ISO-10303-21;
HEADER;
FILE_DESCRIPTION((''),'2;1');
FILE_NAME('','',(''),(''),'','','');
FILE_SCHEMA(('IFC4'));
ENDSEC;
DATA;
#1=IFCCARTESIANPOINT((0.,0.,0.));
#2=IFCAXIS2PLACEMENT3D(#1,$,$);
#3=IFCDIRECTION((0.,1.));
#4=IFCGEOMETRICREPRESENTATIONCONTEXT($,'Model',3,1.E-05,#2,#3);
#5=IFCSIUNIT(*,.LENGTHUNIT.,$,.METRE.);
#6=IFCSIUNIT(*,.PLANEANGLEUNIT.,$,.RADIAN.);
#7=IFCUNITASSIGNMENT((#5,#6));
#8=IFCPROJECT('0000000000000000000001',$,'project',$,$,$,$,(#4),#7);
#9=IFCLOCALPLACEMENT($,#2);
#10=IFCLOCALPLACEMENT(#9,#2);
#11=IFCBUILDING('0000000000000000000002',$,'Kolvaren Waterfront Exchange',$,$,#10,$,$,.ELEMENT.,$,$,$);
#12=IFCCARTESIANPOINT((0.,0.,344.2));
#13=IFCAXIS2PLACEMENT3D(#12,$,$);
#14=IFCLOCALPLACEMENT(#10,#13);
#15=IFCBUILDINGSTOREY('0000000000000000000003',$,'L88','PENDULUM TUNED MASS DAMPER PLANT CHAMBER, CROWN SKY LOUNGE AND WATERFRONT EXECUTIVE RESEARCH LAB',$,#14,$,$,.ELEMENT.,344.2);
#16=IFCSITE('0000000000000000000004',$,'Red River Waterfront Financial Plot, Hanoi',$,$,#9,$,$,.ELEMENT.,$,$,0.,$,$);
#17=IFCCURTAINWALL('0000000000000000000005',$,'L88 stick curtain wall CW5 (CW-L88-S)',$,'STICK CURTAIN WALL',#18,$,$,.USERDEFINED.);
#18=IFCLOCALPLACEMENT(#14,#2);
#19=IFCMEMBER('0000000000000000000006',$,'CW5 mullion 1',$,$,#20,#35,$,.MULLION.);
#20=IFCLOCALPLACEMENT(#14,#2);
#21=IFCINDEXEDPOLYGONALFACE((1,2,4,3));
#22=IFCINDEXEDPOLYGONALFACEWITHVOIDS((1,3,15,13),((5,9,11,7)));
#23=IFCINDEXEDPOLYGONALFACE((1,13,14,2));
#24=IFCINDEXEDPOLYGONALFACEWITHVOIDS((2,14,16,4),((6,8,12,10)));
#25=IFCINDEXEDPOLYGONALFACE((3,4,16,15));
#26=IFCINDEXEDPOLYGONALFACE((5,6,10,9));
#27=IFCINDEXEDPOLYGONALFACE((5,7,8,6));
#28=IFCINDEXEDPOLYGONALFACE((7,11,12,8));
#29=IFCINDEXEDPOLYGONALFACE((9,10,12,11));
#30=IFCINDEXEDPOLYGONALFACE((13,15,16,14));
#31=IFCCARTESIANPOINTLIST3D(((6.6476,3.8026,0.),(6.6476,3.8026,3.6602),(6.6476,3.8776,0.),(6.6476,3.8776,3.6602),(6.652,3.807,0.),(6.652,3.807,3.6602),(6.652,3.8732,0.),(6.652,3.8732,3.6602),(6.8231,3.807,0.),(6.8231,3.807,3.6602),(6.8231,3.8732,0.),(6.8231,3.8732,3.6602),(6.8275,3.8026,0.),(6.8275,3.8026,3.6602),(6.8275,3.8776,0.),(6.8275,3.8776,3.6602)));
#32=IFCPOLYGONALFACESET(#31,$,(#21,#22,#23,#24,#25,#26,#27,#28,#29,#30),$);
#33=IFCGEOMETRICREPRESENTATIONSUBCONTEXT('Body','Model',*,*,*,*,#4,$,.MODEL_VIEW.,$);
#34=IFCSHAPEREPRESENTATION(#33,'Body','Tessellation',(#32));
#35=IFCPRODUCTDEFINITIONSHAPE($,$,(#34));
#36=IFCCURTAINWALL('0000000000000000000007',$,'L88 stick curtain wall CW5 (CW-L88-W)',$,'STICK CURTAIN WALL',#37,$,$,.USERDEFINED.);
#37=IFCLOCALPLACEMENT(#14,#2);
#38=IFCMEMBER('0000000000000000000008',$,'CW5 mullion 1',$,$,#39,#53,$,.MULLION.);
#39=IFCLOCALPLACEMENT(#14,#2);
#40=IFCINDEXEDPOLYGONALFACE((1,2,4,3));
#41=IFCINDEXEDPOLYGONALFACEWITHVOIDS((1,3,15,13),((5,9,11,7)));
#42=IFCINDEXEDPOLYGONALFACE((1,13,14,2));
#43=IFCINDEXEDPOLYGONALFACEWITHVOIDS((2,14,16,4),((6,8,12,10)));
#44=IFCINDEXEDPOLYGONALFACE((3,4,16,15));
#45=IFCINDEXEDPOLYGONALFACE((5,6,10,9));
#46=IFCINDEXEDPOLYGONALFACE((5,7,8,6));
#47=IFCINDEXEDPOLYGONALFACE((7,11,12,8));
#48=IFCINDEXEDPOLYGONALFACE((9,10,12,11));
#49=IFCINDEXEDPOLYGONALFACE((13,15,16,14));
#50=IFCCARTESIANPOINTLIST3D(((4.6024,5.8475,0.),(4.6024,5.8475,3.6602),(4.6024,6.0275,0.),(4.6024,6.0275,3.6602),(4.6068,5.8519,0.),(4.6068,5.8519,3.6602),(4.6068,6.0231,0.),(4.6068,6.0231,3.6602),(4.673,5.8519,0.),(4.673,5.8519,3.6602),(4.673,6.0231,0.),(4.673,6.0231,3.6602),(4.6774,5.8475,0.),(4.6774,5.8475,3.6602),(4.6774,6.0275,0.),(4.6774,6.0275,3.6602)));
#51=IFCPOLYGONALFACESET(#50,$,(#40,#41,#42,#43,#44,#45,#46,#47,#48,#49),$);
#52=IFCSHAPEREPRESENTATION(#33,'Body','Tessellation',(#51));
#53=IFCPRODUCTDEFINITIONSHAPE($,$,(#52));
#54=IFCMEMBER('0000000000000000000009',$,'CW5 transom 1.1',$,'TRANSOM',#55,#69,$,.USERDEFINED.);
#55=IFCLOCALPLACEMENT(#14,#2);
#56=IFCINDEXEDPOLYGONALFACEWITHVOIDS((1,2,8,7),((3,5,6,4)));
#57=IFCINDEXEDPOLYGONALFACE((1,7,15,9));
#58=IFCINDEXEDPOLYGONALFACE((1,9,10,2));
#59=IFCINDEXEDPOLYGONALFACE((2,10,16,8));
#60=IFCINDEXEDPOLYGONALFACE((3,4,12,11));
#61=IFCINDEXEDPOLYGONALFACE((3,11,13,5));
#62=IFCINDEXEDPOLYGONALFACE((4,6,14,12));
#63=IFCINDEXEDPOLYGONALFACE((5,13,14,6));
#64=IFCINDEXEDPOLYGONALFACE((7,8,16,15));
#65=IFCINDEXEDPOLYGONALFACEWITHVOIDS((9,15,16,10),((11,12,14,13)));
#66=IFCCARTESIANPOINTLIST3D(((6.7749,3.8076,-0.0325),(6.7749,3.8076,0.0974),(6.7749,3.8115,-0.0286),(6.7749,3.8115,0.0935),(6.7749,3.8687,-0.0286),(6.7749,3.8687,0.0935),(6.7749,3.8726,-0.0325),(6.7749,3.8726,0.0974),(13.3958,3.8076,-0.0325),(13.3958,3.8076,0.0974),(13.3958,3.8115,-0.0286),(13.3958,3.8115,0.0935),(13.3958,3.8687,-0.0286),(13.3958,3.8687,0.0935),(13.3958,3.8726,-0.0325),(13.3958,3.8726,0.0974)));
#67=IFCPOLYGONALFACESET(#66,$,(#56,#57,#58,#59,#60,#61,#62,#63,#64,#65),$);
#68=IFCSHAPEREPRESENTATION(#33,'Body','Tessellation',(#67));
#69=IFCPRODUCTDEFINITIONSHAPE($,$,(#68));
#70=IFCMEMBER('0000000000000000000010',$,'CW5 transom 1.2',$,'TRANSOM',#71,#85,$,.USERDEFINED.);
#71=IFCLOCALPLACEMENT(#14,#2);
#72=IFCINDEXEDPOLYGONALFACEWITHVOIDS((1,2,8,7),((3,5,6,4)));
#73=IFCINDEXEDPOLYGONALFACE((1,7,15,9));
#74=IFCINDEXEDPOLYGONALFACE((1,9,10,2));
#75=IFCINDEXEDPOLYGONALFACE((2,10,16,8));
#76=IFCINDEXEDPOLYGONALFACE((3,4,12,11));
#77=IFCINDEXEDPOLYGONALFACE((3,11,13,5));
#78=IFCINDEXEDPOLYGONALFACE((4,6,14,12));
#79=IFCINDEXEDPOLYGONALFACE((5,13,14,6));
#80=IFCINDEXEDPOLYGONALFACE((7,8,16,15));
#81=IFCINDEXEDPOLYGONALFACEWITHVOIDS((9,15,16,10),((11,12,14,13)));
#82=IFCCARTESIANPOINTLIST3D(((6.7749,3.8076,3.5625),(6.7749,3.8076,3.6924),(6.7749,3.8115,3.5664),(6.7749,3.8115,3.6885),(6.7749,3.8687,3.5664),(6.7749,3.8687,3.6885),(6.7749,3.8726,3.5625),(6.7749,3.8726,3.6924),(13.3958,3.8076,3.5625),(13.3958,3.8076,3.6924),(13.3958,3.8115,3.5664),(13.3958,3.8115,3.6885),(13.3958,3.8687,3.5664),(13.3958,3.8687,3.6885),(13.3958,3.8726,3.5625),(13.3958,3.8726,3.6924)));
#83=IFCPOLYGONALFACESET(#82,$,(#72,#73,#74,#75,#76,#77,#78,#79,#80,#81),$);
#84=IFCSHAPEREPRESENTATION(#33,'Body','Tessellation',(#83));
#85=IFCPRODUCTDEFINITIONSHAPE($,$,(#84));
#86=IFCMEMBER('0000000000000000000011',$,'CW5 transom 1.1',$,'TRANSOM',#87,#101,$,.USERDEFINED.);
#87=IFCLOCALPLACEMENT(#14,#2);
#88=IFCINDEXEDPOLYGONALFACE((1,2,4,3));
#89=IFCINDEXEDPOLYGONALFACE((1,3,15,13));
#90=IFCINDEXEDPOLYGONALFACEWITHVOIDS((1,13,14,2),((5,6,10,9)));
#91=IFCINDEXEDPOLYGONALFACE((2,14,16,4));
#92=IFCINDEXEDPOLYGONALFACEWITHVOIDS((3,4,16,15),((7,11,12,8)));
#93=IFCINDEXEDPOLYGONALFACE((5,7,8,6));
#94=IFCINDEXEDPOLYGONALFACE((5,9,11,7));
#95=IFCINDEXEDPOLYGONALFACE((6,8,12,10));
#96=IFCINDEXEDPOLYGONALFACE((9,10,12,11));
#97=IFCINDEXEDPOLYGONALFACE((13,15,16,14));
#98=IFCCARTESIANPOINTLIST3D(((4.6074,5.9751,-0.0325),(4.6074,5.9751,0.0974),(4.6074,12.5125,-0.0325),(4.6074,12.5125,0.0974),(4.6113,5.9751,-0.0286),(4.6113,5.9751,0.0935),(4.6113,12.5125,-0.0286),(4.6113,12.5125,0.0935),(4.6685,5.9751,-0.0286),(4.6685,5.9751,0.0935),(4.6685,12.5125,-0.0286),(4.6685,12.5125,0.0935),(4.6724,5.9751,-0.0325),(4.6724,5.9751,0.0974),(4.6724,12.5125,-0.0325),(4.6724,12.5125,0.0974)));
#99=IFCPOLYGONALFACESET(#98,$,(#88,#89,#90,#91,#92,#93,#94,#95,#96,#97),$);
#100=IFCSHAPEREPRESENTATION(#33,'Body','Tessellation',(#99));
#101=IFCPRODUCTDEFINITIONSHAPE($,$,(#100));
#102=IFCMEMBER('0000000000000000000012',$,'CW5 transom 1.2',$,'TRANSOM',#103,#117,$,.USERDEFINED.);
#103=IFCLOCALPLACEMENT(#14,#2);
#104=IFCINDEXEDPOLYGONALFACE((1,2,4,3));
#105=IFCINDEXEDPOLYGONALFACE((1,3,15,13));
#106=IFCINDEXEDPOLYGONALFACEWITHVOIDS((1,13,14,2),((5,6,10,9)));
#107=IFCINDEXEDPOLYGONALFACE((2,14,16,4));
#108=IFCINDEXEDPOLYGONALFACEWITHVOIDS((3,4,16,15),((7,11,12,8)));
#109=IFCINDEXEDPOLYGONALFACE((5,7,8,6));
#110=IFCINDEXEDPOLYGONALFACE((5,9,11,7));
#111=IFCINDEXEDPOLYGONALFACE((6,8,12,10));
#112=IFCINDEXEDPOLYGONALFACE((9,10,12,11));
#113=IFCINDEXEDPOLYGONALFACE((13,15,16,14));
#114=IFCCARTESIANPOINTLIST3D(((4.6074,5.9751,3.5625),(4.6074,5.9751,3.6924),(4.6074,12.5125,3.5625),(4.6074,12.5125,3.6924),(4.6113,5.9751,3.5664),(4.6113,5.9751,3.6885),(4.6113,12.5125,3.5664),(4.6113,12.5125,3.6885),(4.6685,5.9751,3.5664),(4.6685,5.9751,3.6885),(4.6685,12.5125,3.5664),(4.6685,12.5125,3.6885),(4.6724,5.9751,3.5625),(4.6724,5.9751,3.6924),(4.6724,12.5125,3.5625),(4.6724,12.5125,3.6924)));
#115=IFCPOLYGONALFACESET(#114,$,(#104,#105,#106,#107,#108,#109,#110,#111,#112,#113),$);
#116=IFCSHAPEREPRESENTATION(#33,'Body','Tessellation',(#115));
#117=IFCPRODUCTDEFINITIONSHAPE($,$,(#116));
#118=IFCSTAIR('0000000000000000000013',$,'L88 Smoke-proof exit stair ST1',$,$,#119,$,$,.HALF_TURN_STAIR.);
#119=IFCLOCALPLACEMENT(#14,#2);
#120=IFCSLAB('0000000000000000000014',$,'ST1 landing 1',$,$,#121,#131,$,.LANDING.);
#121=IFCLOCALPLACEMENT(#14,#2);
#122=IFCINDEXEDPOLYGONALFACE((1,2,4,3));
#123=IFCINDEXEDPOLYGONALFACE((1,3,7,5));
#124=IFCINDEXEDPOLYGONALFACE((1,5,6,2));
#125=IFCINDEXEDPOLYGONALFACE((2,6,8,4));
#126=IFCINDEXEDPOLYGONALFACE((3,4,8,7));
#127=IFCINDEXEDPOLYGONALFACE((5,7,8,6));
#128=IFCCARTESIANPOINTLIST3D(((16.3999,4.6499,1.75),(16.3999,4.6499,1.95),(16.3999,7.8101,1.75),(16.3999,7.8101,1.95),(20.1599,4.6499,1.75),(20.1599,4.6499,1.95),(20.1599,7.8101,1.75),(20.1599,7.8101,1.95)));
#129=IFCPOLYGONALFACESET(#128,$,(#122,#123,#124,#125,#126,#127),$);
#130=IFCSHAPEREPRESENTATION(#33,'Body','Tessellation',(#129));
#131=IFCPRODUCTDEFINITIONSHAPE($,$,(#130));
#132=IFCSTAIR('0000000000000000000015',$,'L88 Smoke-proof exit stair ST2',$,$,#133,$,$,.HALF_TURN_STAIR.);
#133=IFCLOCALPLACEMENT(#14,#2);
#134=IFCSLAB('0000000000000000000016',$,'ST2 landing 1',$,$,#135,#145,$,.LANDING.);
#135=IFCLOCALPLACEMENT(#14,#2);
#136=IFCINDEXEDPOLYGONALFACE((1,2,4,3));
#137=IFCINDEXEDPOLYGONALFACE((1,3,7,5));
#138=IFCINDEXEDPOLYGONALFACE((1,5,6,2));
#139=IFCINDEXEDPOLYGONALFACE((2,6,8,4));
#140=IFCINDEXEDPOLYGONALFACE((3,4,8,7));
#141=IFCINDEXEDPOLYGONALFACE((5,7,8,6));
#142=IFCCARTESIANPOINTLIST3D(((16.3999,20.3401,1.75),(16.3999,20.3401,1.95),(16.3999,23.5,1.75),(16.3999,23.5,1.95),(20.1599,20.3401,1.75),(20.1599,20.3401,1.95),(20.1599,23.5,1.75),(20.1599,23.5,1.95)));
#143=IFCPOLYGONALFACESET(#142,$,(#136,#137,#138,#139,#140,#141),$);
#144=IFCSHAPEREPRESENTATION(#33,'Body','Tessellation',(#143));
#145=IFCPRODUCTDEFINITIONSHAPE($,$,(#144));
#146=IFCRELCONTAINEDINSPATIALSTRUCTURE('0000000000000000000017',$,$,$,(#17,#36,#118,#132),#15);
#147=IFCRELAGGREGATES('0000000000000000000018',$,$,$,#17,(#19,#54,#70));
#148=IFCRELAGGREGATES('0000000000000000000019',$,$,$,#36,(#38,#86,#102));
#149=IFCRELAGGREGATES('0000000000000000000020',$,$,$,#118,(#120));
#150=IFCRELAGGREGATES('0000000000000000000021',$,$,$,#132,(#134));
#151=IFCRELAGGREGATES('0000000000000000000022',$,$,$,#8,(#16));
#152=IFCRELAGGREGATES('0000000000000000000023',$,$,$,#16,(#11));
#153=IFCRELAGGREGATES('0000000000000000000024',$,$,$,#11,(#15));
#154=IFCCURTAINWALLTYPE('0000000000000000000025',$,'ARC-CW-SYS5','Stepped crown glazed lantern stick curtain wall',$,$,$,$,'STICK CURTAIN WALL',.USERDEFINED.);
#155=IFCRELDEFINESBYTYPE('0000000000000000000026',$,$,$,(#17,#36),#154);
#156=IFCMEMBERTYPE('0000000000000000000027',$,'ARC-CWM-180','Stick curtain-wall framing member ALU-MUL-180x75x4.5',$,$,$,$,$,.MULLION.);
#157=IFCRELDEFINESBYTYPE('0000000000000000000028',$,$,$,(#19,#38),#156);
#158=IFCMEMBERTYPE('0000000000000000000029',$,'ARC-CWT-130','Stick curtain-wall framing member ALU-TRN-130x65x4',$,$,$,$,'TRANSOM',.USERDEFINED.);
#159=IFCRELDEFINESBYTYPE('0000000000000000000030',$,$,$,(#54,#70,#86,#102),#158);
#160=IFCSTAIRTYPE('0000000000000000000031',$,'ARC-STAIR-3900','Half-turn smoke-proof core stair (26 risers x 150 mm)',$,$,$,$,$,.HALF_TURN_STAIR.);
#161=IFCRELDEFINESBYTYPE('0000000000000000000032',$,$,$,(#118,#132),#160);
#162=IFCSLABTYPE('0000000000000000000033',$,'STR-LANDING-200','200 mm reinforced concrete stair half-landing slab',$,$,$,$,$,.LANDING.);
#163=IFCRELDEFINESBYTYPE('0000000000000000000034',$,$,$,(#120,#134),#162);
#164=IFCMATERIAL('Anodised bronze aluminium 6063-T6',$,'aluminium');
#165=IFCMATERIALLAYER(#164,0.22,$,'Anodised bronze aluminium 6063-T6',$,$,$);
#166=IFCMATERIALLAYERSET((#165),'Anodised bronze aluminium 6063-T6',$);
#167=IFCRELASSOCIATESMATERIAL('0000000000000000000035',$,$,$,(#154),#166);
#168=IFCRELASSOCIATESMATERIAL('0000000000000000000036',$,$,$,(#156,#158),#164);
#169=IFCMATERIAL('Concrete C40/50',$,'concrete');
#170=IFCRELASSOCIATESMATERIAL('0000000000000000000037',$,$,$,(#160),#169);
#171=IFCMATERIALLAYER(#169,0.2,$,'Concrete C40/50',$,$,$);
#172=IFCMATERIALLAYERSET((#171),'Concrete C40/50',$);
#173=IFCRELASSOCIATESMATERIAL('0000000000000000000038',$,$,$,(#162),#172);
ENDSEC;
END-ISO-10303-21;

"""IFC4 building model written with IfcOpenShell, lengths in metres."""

from ifc_helpers import new_model, si_unit, direction, frame, origin, origin_with_axes, origin_2d, place, context, subcontext, project, spatial, polyline, hollow_rectangle, outline, extrude, source, transform, mapped, material, layer, layer_set, material_profile, profile_set, type_object, element, aggregate, save


model = new_model("IFC4")

# Units and contexts
model_context = context("Model", 3, precision=1e-05, world=origin(), true_north=direction((0.0, 1.0)))
body_context = subcontext(model_context, "Body", "Model", "MODEL_VIEW")
ifc_project = project(units=[si_unit("LENGTHUNIT", "METRE"), si_unit("PLANEANGLEUNIT", "RADIAN")], contexts=[model_context])

# Site, building, storey
site_placement = place(None, origin())
site = spatial("IfcSite", under=ifc_project, at=site_placement, Name="Red River Waterfront Financial Plot, Hanoi", CompositionType="ELEMENT", RefElevation=0.0)
building_placement = place(site_placement, origin())
building = spatial("IfcBuilding", under=site, at=building_placement, Name="Kolvaren Waterfront Exchange", CompositionType="ELEMENT")
storey_placement = place(building_placement, frame((0.0, 0.0, 344.2)))
storey = spatial("IfcBuildingStorey", under=building, at=storey_placement, Name="L88", Description="PENDULUM TUNED MASS DAMPER PLANT CHAMBER, CROWN SKY LOUNGE AND WATERFRONT EXECUTIVE RESEARCH LAB", CompositionType="ELEMENT", Elevation=344.2)

# Curtain walls, members
ifc_material_1 = material(Name="Anodised bronze aluminium 6063-T6", Category="aluminium")
ifc_layer_1 = layer(ifc_material_1, 0.22, Name="Anodised bronze aluminium 6063-T6")
ifc_layer_set_1 = layer_set([ifc_layer_1], Name="Anodised bronze aluminium 6063-T6")
curtain_wall_type = type_object("IfcCurtainWallType", Name="ARC-CW-SYS5", Description="Stepped crown glazed lantern stick curtain wall", ElementType="STICK CURTAIN WALL", PredefinedType="USERDEFINED", material=ifc_layer_set_1)
curtain_wall_1_placement = place(storey_placement, origin())
curtain_wall_1 = element("IfcCurtainWall", 1, at=curtain_wall_1_placement, inside=storey, type_object=curtain_wall_type, Name="L88 stick curtain wall CW5 (CW-L88-S)", ObjectType="STICK CURTAIN WALL", PredefinedType="USERDEFINED")
ifc_material_profile_1 = material_profile(ifc_material_1, hollow_rectangle(XDim=0.075, YDim=0.1799, WallThickness=0.0044, at=origin_2d()), Name="ALU-MUL-180x75x4.5")
ifc_profile_set_1 = profile_set([ifc_material_profile_1], Name="Anodised bronze aluminium 6063-T6")
member_type_1 = type_object("IfcMemberType", Name="ARC-CWM-180", Description="Stick curtain-wall framing member ALU-MUL-180x75x4.5", PredefinedType="MULLION", material=ifc_profile_set_1)
shared_shape_1 = source(origin_with_axes(), body_context, "Body", "SweptSolid", [
    extrude(hollow_rectangle(XDim=0.075, YDim=0.1799, WallThickness=0.0044, at=origin_2d()), origin(), (0.0, 0.0, 1.0), 3.6602),
])
member_1_placement = place(storey_placement, frame((6.7375, 3.8401, 0.0), z_axis=(0.0, 0.0, 1.0), x_axis=(0.0, 1.0, 0.0)))
member_1 = element("IfcMember", 2, at=member_1_placement, type_object=member_type_1, Name="CW5 mullion 1", PredefinedType="MULLION", context=body_context, shape_type="MappedRepresentation", body=[
    mapped(shared_shape_1, transform((0.0, 0.0, 0.0), x_axis=(1.0, 0.0, 0.0), y_axis=(0.0, 1.0, 0.0), z_axis=(0.0, 0.0, 1.0), scale=1.0)),
])
curtain_wall_2_placement = place(storey_placement, origin())
curtain_wall_2 = element("IfcCurtainWall", 3, at=curtain_wall_2_placement, inside=storey, type_object=curtain_wall_type, Name="L88 stick curtain wall CW5 (CW-L88-W)", ObjectType="STICK CURTAIN WALL", PredefinedType="USERDEFINED")
member_2_placement = place(storey_placement, frame((4.6399, 5.9375, 0.0), z_axis=(0.0, 0.0, 1.0), x_axis=(-1.0, 0.0, 0.0)))
member_2 = element("IfcMember", 4, at=member_2_placement, type_object=member_type_1, Name="CW5 mullion 1", PredefinedType="MULLION", context=body_context, shape_type="MappedRepresentation", body=[
    mapped(shared_shape_1, transform((0.0, 0.0, 0.0), x_axis=(1.0, 0.0, 0.0), y_axis=(0.0, 1.0, 0.0), z_axis=(0.0, 0.0, 1.0), scale=1.0)),
])

# Members
ifc_material_profile_2 = material_profile(ifc_material_1, hollow_rectangle(XDim=0.0649, YDim=0.1299, WallThickness=0.0039, at=origin_2d()), Name="ALU-TRN-130x65x4")
ifc_profile_set_2 = profile_set([ifc_material_profile_2], Name="Anodised bronze aluminium 6063-T6")
member_type_2 = type_object("IfcMemberType", Name="ARC-CWT-130", Description="Stick curtain-wall framing member ALU-TRN-130x65x4", ElementType="TRANSOM", PredefinedType="USERDEFINED", material=ifc_profile_set_2)
shared_shape_2 = source(origin_with_axes(), body_context, "Body", "SweptSolid", [
    extrude(hollow_rectangle(XDim=0.0649, YDim=0.1299, WallThickness=0.0039, at=origin_2d()), origin(), (0.0, 0.0, 1.0), 6.6208),
])
member_3_placement = place(storey_placement, frame((6.7749, 3.8401, 0.0325), z_axis=(1.0, 0.0, 0.0), x_axis=(0.0, 1.0, 0.0)))
member_3 = element("IfcMember", 5, at=member_3_placement, type_object=member_type_2, Name="CW5 transom 1.1", ObjectType="TRANSOM", PredefinedType="USERDEFINED", context=body_context, shape_type="MappedRepresentation", body=[
    mapped(shared_shape_2, transform((0.0, 0.0, 0.0), x_axis=(1.0, 0.0, 0.0), y_axis=(0.0, 1.0, 0.0), z_axis=(0.0, 0.0, 1.0), scale=1.0)),
])
member_4_placement = place(storey_placement, frame((6.7749, 3.8401, 3.6274), z_axis=(1.0, 0.0, 0.0), x_axis=(0.0, 1.0, 0.0)))
member_4 = element("IfcMember", 6, at=member_4_placement, type_object=member_type_2, Name="CW5 transom 1.2", ObjectType="TRANSOM", PredefinedType="USERDEFINED", context=body_context, shape_type="MappedRepresentation", body=[
    mapped(shared_shape_2, transform((0.0, 0.0, 0.0), x_axis=(1.0, 0.0, 0.0), y_axis=(0.0, 1.0, 0.0), z_axis=(0.0, 0.0, 1.0), scale=1.0)),
])
aggregate(curtain_wall_1, [member_1, member_3, member_4])
shared_shape_3 = source(origin_with_axes(), body_context, "Body", "SweptSolid", [
    extrude(hollow_rectangle(XDim=0.0649, YDim=0.1299, WallThickness=0.0039, at=origin_2d()), origin(), (0.0, 0.0, 1.0), 6.5374),
])
member_5_placement = place(storey_placement, frame((4.6399, 5.9751, 0.0325), z_axis=(0.0, 1.0, 0.0), x_axis=(-1.0, 0.0, 0.0)))
member_5 = element("IfcMember", 7, at=member_5_placement, type_object=member_type_2, Name="CW5 transom 1.1", ObjectType="TRANSOM", PredefinedType="USERDEFINED", context=body_context, shape_type="MappedRepresentation", body=[
    mapped(shared_shape_3, transform((0.0, 0.0, 0.0), x_axis=(1.0, 0.0, 0.0), y_axis=(0.0, 1.0, 0.0), z_axis=(0.0, 0.0, 1.0), scale=1.0)),
])
member_6_placement = place(storey_placement, frame((4.6399, 5.9751, 3.6274), z_axis=(0.0, 1.0, 0.0), x_axis=(-1.0, 0.0, 0.0)))
member_6 = element("IfcMember", 8, at=member_6_placement, type_object=member_type_2, Name="CW5 transom 1.2", ObjectType="TRANSOM", PredefinedType="USERDEFINED", context=body_context, shape_type="MappedRepresentation", body=[
    mapped(shared_shape_3, transform((0.0, 0.0, 0.0), x_axis=(1.0, 0.0, 0.0), y_axis=(0.0, 1.0, 0.0), z_axis=(0.0, 0.0, 1.0), scale=1.0)),
])
aggregate(curtain_wall_2, [member_2, member_5, member_6])

# Stairs, slabs
ifc_material_2 = material(Name="Concrete C40/50", Category="concrete")
stair_type = type_object("IfcStairType", Name="ARC-STAIR-3900", Description="Half-turn smoke-proof core stair (26 risers x 150 mm)", PredefinedType="HALF_TURN_STAIR", material=ifc_material_2)
stair_1_placement = place(storey_placement, origin())
stair_1 = element("IfcStair", 9, at=stair_1_placement, inside=storey, type_object=stair_type, Name="L88 Smoke-proof exit stair ST1", PredefinedType="HALF_TURN_STAIR")
ifc_layer_2 = layer(ifc_material_2, 0.2, Name="Concrete C40/50")
ifc_layer_set_2 = layer_set([ifc_layer_2], Name="Concrete C40/50")
slab_type_1 = type_object("IfcSlabType", Name="STR-LANDING-200", Description="200 mm reinforced concrete stair half-landing slab", PredefinedType="LANDING", material=ifc_layer_set_2)
slab_1_placement = place(storey_placement, frame((0.0, 0.0, 1.75)))
slab_1 = element("IfcSlab", 10, at=slab_1_placement, type_object=slab_type_1, Name="ST1 landing 1", PredefinedType="LANDING", context=body_context, shape_type="SweptSolid", body=[
    extrude(outline(polyline([(16.3999, 7.8101), (16.3999, 4.6499), (20.1599, 4.6499), (20.1599, 7.8101), (16.3999, 7.8101)])), origin(), (0.0, 0.0, 1.0), 0.2),
])
aggregate(stair_1, [slab_1])
stair_2_placement = place(storey_placement, origin())
stair_2 = element("IfcStair", 11, at=stair_2_placement, inside=storey, type_object=stair_type, Name="L88 Smoke-proof exit stair ST2", PredefinedType="HALF_TURN_STAIR")
slab_2_placement = place(storey_placement, frame((0.0, 0.0, 1.75)))
slab_2 = element("IfcSlab", 12, at=slab_2_placement, type_object=slab_type_1, Name="ST2 landing 1", PredefinedType="LANDING", context=body_context, shape_type="SweptSolid", body=[
    extrude(outline(polyline([(20.1599, 20.3401), (20.1599, 23.5), (16.3999, 23.5), (16.3999, 20.3401), (20.1599, 20.3401)])), origin(), (0.0, 0.0, 1.0), 0.2),
])
aggregate(stair_2, [slab_2])

save(model, "model.ifc")
